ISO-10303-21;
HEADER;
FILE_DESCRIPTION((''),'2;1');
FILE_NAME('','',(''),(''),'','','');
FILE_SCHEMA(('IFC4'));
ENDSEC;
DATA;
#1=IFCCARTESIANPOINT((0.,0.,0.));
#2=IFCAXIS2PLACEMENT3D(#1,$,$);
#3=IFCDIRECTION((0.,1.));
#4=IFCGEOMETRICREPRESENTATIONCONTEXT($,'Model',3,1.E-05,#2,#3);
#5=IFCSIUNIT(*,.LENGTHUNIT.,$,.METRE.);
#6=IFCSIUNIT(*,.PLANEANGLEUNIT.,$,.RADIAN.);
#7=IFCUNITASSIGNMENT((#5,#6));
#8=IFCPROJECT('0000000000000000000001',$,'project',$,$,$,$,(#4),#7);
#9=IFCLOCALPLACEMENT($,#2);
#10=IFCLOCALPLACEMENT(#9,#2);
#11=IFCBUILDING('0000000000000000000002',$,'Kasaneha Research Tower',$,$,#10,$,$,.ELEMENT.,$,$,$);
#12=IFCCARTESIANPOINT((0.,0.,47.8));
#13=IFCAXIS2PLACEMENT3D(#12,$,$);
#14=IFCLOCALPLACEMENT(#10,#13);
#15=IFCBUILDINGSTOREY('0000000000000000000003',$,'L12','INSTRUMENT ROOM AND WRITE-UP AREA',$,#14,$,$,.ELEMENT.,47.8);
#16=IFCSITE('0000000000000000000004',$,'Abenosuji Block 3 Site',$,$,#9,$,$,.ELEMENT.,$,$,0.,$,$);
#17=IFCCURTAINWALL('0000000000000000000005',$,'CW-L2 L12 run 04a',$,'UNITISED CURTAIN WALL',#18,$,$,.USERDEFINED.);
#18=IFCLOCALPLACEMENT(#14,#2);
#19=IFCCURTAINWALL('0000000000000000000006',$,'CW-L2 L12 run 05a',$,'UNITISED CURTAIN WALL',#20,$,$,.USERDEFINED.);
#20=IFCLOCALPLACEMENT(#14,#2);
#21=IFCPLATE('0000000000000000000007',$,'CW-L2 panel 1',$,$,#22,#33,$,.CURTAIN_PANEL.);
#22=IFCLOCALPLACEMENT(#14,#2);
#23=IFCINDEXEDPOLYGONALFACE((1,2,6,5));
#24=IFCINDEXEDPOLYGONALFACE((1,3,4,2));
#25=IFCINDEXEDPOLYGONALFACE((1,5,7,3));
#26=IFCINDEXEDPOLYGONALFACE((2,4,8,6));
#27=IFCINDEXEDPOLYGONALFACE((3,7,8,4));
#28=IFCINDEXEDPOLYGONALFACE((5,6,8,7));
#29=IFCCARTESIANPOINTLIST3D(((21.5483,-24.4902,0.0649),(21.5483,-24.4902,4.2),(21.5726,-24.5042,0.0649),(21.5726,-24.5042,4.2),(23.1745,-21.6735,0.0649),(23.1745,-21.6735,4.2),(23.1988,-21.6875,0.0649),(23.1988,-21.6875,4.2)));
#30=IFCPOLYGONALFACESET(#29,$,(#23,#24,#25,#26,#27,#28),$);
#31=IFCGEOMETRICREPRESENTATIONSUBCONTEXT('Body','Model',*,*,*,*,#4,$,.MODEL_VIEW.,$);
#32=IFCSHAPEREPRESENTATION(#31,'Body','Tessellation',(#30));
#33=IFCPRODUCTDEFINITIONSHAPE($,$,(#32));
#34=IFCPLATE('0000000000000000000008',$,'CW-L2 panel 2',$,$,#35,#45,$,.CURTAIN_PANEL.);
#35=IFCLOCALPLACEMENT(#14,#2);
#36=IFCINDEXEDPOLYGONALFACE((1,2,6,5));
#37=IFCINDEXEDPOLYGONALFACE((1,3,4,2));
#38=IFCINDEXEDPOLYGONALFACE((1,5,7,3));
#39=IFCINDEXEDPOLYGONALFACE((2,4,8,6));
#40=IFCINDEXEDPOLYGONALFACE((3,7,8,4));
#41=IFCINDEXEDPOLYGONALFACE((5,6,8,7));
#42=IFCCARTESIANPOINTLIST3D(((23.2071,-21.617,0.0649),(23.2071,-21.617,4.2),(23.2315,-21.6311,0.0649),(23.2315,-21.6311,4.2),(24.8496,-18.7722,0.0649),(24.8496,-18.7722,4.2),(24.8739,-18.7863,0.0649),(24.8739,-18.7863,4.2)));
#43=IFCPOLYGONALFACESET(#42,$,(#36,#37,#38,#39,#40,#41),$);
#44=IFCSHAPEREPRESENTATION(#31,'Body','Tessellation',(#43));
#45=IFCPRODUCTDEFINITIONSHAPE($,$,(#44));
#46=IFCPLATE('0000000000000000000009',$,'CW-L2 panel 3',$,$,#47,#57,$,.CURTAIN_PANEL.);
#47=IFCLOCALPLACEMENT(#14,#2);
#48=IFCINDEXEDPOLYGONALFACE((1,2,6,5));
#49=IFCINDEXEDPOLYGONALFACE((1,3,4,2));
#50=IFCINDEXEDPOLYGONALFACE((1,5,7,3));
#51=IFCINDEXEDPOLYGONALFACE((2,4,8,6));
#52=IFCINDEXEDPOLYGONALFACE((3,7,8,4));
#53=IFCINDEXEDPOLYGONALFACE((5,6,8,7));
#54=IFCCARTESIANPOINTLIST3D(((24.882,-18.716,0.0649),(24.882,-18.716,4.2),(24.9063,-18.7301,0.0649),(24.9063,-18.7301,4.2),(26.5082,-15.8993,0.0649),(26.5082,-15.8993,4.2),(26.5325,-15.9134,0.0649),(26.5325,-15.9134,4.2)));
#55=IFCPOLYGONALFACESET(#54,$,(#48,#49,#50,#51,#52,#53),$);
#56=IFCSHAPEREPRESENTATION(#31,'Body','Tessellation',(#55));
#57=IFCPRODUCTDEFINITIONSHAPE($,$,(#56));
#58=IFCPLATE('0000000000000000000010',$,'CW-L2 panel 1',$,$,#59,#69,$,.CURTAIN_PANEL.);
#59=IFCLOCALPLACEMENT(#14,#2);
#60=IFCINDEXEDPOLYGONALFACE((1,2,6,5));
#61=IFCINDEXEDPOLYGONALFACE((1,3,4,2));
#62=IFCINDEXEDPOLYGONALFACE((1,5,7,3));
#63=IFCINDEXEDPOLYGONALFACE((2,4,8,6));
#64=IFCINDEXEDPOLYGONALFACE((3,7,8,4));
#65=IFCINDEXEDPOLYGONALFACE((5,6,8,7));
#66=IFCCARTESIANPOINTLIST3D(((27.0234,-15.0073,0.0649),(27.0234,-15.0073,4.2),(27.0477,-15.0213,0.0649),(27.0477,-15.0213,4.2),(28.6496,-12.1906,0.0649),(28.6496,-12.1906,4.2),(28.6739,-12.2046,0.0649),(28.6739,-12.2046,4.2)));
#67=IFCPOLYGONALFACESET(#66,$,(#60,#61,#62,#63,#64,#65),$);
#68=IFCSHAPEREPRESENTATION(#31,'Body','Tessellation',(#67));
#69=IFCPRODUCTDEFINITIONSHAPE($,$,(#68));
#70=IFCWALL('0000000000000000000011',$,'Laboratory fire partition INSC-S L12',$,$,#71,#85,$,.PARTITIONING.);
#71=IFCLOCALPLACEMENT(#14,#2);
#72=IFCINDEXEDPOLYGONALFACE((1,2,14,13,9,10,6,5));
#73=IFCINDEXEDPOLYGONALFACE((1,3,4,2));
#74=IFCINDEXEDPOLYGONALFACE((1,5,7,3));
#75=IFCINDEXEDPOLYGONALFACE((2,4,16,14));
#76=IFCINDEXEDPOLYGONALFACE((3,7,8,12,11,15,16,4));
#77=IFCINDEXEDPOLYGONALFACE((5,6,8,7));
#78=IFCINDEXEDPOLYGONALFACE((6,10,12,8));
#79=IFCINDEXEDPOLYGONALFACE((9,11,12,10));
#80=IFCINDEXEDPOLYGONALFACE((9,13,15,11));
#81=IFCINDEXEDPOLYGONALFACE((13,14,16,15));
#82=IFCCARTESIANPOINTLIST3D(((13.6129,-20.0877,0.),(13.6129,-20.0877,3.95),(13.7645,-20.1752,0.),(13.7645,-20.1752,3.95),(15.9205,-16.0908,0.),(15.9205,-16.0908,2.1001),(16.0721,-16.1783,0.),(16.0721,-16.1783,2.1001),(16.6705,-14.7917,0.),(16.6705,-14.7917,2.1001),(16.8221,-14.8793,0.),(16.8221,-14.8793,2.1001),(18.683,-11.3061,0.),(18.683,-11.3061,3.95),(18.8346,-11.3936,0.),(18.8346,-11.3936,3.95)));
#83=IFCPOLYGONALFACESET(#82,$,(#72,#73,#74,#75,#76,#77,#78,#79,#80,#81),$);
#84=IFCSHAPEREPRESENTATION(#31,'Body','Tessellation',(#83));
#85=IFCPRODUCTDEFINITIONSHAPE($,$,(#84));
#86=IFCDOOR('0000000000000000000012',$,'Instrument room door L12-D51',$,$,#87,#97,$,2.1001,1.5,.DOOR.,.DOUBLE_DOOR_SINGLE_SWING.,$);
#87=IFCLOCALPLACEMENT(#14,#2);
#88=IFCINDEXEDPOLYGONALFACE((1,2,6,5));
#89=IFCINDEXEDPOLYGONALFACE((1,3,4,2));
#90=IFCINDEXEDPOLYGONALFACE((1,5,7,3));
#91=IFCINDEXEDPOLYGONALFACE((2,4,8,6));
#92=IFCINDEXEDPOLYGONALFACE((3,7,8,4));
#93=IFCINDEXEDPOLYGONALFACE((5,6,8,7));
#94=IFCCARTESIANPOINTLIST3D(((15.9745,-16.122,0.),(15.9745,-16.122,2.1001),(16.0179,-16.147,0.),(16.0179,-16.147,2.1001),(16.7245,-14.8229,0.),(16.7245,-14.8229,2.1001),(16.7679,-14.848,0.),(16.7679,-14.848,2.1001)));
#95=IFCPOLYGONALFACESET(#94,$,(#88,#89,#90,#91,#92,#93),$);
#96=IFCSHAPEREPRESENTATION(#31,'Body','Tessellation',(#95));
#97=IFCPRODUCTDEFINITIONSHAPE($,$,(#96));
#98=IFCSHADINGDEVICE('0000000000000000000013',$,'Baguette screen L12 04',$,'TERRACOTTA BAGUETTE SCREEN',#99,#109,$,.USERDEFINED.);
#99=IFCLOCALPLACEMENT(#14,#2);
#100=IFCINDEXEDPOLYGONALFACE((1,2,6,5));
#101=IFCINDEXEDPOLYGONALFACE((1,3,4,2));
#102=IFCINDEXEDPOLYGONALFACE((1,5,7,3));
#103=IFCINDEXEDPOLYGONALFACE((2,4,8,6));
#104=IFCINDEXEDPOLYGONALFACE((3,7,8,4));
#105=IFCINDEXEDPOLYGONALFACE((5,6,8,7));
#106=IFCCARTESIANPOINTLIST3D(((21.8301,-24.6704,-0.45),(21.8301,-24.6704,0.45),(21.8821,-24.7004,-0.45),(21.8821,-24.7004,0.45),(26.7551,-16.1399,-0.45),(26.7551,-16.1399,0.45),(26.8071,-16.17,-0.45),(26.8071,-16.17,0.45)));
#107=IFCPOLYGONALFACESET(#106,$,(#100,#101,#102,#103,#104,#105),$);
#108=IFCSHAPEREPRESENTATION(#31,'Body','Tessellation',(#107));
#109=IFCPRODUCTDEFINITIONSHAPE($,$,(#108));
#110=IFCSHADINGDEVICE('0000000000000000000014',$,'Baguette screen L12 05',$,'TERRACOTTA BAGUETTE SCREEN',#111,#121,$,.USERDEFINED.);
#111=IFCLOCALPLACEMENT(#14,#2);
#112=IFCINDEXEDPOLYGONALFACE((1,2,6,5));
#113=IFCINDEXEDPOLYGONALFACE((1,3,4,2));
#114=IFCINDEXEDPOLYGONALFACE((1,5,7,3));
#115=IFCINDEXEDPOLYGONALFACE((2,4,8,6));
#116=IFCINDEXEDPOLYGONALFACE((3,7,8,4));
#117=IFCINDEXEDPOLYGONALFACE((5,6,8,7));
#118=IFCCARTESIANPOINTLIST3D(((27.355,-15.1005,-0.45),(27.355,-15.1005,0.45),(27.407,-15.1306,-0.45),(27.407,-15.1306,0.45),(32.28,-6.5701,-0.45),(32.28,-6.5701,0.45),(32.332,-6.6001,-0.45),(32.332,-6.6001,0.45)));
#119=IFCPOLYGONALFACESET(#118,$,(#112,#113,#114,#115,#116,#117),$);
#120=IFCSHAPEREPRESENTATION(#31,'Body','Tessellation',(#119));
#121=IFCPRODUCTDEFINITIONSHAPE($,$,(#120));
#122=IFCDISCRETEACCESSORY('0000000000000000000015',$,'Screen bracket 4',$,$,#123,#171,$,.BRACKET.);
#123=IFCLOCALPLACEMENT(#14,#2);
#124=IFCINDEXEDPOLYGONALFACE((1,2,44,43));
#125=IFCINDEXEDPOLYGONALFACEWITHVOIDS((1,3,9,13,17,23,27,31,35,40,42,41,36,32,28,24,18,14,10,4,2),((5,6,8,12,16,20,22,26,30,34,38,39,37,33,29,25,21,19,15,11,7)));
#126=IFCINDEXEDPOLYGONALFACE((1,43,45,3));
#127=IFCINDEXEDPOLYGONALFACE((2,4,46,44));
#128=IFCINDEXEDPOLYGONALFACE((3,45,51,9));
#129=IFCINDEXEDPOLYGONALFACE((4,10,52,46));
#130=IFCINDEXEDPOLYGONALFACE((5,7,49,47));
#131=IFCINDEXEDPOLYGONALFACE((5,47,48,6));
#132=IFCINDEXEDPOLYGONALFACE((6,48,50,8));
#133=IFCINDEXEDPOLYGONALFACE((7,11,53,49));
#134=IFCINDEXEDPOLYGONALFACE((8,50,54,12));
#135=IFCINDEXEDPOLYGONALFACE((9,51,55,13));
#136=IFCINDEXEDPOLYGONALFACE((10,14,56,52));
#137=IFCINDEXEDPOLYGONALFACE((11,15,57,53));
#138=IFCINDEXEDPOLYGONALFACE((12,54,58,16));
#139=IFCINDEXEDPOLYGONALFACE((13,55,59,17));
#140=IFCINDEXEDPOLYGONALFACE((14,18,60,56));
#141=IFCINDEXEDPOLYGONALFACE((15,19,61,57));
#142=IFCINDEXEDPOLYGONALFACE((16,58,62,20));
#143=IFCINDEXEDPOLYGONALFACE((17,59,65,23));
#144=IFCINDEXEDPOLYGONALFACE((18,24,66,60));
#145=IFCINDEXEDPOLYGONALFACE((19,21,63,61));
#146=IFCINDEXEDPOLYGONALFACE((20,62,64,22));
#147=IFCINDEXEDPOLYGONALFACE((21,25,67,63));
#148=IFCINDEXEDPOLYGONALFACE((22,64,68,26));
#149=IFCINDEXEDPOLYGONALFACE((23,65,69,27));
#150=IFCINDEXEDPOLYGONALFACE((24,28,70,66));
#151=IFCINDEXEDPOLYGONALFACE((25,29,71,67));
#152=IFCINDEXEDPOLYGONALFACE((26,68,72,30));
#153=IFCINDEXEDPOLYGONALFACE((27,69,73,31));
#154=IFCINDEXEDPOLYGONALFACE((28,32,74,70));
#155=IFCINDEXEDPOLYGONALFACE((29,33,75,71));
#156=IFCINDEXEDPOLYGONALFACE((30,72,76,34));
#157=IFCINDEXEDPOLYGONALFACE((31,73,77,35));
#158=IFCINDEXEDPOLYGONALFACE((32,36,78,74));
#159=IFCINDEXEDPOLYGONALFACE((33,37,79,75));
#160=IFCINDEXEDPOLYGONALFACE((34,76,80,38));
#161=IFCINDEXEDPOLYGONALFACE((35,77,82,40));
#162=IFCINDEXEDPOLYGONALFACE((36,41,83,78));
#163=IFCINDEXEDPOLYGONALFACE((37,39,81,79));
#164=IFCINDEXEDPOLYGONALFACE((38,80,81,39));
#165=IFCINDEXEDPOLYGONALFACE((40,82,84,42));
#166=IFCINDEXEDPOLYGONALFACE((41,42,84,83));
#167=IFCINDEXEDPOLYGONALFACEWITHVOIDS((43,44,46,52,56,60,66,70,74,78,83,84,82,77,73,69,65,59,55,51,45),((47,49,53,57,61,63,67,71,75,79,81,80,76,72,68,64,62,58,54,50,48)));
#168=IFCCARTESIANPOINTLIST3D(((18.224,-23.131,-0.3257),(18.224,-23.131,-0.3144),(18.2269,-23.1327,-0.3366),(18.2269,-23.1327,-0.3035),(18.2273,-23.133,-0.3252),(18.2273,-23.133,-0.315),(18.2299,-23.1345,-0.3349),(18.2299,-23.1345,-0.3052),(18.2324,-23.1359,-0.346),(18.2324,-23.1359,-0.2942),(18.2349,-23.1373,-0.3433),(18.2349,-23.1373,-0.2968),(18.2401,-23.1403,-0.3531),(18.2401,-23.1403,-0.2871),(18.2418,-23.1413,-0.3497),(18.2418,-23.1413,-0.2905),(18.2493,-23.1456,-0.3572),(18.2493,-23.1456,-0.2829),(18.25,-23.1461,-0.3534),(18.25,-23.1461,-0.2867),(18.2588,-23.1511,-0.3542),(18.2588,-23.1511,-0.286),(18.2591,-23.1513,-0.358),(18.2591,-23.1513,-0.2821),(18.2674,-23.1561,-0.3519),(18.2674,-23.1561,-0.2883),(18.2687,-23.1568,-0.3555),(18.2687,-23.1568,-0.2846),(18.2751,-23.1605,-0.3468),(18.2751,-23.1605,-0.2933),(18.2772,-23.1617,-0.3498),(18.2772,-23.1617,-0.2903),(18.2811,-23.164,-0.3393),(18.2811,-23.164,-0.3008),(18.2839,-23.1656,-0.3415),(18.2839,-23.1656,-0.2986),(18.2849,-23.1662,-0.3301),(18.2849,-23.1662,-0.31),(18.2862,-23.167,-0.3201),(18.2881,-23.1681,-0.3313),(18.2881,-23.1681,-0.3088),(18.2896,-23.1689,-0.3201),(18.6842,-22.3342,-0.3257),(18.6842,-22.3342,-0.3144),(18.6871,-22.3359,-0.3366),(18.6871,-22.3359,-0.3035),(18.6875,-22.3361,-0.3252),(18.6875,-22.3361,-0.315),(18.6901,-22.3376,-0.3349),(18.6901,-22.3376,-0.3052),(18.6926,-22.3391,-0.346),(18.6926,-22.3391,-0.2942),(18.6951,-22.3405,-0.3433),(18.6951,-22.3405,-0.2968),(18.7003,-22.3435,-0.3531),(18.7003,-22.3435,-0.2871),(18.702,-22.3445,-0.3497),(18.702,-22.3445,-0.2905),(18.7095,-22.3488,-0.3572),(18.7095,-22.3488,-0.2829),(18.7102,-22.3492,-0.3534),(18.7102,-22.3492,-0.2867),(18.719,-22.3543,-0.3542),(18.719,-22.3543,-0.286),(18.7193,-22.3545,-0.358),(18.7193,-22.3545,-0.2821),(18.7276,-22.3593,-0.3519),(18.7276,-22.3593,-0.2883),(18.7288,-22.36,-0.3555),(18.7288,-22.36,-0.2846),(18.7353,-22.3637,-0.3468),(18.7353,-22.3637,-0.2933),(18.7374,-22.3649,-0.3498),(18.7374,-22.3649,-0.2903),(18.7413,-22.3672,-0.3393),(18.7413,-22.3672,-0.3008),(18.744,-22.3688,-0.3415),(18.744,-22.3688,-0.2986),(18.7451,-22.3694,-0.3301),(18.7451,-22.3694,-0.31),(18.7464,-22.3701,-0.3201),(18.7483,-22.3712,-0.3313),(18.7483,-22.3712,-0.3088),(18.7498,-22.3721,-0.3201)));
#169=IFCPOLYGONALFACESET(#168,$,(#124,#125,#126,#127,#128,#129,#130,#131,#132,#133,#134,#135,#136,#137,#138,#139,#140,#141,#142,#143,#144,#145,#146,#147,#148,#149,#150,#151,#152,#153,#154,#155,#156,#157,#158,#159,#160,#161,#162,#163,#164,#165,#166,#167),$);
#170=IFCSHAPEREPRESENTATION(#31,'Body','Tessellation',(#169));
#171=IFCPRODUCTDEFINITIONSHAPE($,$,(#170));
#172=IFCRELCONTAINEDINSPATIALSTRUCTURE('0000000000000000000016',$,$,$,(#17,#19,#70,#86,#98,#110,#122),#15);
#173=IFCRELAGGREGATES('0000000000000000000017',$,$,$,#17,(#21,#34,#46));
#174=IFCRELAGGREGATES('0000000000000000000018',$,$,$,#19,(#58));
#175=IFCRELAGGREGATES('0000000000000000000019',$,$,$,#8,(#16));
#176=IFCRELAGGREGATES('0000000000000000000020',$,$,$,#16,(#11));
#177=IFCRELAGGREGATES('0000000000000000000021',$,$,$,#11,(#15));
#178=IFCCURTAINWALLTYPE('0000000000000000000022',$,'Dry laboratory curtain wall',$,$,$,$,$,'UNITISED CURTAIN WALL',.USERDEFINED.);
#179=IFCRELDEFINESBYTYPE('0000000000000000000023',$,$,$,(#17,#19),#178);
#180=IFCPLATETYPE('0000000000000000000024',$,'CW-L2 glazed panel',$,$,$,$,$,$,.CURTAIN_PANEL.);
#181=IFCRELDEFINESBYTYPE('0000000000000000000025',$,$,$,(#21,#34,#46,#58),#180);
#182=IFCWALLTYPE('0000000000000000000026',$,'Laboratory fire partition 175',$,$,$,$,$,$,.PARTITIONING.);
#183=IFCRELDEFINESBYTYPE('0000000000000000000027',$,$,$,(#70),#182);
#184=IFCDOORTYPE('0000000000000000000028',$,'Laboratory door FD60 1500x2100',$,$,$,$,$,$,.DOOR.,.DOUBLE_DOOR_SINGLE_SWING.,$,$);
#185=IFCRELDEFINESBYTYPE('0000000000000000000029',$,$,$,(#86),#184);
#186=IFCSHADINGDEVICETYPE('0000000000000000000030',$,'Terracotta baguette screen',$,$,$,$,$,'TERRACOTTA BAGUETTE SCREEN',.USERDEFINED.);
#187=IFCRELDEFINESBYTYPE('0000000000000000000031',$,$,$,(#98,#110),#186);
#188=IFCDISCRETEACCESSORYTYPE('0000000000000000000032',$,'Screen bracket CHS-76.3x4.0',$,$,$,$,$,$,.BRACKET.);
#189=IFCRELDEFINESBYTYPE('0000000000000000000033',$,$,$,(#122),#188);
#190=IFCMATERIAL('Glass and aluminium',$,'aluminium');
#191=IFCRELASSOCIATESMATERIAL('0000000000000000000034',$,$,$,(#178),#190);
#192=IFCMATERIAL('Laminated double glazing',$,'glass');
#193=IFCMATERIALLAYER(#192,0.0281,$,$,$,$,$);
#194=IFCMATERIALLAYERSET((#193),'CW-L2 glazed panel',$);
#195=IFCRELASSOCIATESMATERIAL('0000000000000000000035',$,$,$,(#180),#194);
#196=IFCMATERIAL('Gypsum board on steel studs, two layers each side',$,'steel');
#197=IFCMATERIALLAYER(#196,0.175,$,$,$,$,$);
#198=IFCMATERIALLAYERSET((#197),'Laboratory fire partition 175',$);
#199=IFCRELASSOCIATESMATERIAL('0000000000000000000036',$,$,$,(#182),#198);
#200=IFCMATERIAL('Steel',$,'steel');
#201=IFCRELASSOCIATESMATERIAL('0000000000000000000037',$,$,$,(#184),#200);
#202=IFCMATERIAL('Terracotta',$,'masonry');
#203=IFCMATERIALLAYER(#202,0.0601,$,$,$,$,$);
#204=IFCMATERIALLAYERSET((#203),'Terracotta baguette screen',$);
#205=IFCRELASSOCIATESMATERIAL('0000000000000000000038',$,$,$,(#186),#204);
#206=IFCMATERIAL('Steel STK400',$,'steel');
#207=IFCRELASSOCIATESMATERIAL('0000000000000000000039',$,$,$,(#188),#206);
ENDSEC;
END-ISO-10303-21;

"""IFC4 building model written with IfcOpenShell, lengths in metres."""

from ifc_helpers import new_model, si_unit, direction, frame, frame_2d, origin, origin_2d, place, context, subcontext, project, spatial, rectangle, hollow_circle, extrude, material, layer, layer_set, material_profile, profile_set, type_object, element, fill, aggregate, save


model = new_model("IFC4")

# Units and contexts
model_context = context("Model", 3, precision=1e-05, world=origin(), true_north=direction((0.0, 1.0)))
body_context = subcontext(model_context, "Body", "Model", "MODEL_VIEW")
ifc_project = project(units=[si_unit("LENGTHUNIT", "METRE"), si_unit("PLANEANGLEUNIT", "RADIAN")], contexts=[model_context])

# Site, building, storey
site_placement = place(None, origin())
site = spatial("IfcSite", under=ifc_project, at=site_placement, Name="Abenosuji Block 3 Site", CompositionType="ELEMENT", RefElevation=0.0)
building_placement = place(site_placement, origin())
building = spatial("IfcBuilding", under=site, at=building_placement, Name="Kasaneha Research Tower", CompositionType="ELEMENT")
storey_placement = place(building_placement, frame((0.0, 0.0, 47.8)))
storey = spatial("IfcBuildingStorey", under=building, at=storey_placement, Name="L12", Description="INSTRUMENT ROOM AND WRITE-UP AREA", CompositionType="ELEMENT", Elevation=47.8)

# Curtain walls
ifc_material_1 = material(Name="Glass and aluminium", Category="aluminium")
curtain_wall_type = type_object("IfcCurtainWallType", Name="Dry laboratory curtain wall", ElementType="UNITISED CURTAIN WALL", PredefinedType="USERDEFINED", material=ifc_material_1)
curtain_wall_1_placement = place(storey_placement, origin())
curtain_wall_1 = element("IfcCurtainWall", 1, at=curtain_wall_1_placement, inside=storey, type_object=curtain_wall_type, Name="CW-L2 L12 run 04a", ObjectType="UNITISED CURTAIN WALL", PredefinedType="USERDEFINED")
curtain_wall_2_placement = place(storey_placement, origin())
curtain_wall_2 = element("IfcCurtainWall", 2, at=curtain_wall_2_placement, inside=storey, type_object=curtain_wall_type, Name="CW-L2 L12 run 05a", ObjectType="UNITISED CURTAIN WALL", PredefinedType="USERDEFINED")

# Plates
ifc_material_2 = material(Name="Laminated double glazing", Category="glass")
ifc_layer_1 = layer(ifc_material_2, 0.0281)
ifc_layer_set_1 = layer_set([ifc_layer_1], Name="CW-L2 glazed panel")
plate_type = type_object("IfcPlateType", Name="CW-L2 glazed panel", PredefinedType="CURTAIN_PANEL", material=ifc_layer_set_1)
plate_1_placement = place(storey_placement, frame((22.3735, -23.0889, 0.0649), z_axis=(0.0, 0.0, 1.0), x_axis=(0.5, 0.866025, 0.0)))
plate_1 = element("IfcPlate", 3, at=plate_1_placement, type_object=plate_type, Name="CW-L2 panel 1", PredefinedType="CURTAIN_PANEL", context=body_context, shape_type="SweptSolid", body=[
    extrude(rectangle(XDim=3.2524, YDim=0.0281, at=origin_2d()), origin(), (0.0, 0.0, 1.0), 4.135),
])
plate_2_placement = place(storey_placement, frame((24.0405, -20.2017, 0.0649), z_axis=(0.0, 0.0, 1.0), x_axis=(0.5, 0.866025, 0.0)))
plate_2 = element("IfcPlate", 4, at=plate_2_placement, type_object=plate_type, Name="CW-L2 panel 2", PredefinedType="CURTAIN_PANEL", context=body_context, shape_type="SweptSolid", body=[
    extrude(rectangle(XDim=3.2849, YDim=0.0281, at=origin_2d()), origin(), (0.0, 0.0, 1.0), 4.135),
])
plate_3_placement = place(storey_placement, frame((25.7073, -17.3147, 0.0649), z_axis=(0.0, 0.0, 1.0), x_axis=(0.5, 0.866025, 0.0)))
plate_3 = element("IfcPlate", 5, at=plate_3_placement, type_object=plate_type, Name="CW-L2 panel 3", PredefinedType="CURTAIN_PANEL", context=body_context, shape_type="SweptSolid", body=[
    extrude(rectangle(XDim=3.2524, YDim=0.0281, at=origin_2d()), origin(), (0.0, 0.0, 1.0), 4.135),
])
aggregate(curtain_wall_1, [plate_1, plate_2, plate_3])
plate_4_placement = place(storey_placement, frame((27.8486, -13.606, 0.0649), z_axis=(0.0, 0.0, 1.0), x_axis=(0.5, 0.866025, 0.0)))
plate_4 = element("IfcPlate", 6, at=plate_4_placement, type_object=plate_type, Name="CW-L2 panel 1", PredefinedType="CURTAIN_PANEL", context=body_context, shape_type="SweptSolid", body=[
    extrude(rectangle(XDim=3.2524, YDim=0.0281, at=origin_2d()), origin(), (0.0, 0.0, 1.0), 4.135),
])
aggregate(curtain_wall_2, [plate_4])

# Wall, opening, door
ifc_material_3 = material(Name="Gypsum board on steel studs, two layers each side", Category="steel")
ifc_layer_2 = layer(ifc_material_3, 0.175)
ifc_layer_set_2 = layer_set([ifc_layer_2], Name="Laboratory fire partition 175")
wall_type = type_object("IfcWallType", Name="Laboratory fire partition 175", PredefinedType="PARTITIONING", material=ifc_layer_set_2)
wall_placement = place(storey_placement, frame((18.7588, -11.3499, 0.0), z_axis=(0.0, 0.0, 1.0), x_axis=(-0.500005, -0.866022, 0.0)))
wall = element("IfcWall", 7, at=wall_placement, inside=storey, type_object=wall_type, Name="Laboratory fire partition INSC-S L12", PredefinedType="PARTITIONING", context=body_context, shape_type="SweptSolid", body=[
    extrude(rectangle(XDim=10.1401, YDim=0.175, at=frame_2d((5.0701, 0.0))), origin(), (0.0, 0.0, 1.0), 3.95),
])
opening_placement = place(wall_placement, frame((4.0249, 0.0, 0.0)))
opening = element("IfcOpeningElement", 8, at=opening_placement, cuts=wall, PredefinedType="OPENING", context=body_context, shape_type="SweptSolid", body=[
    extrude(rectangle(XDim=1.5, YDim=2.1001, at=frame_2d((0.75, 1.05))), frame((0.0, 0.0977, 0.0), z_axis=(0.0, -1.0, 0.0), x_axis=(1.0, 0.0, 0.0)), (0.0, 0.0, 1.0), 0.1951),
])
ifc_material_4 = material(Name="Steel", Category="steel")
door_type = type_object("IfcDoorType", Name="Laboratory door FD60 1500x2100", OperationType="DOUBLE_DOOR_SINGLE_SWING", PredefinedType="DOOR", material=ifc_material_4)
door_placement = place(opening_placement, origin())
door = element("IfcDoor", 9, at=door_placement, inside=storey, type_object=door_type, Name="Instrument room door L12-D51", OperationType="DOUBLE_DOOR_SINGLE_SWING", OverallHeight=2.1001, OverallWidth=1.5, PredefinedType="DOOR", context=body_context, shape_type="SweptSolid", body=[
    extrude(rectangle(XDim=1.5, YDim=2.1001, at=frame_2d((0.75, 1.05))), frame((0.0, 0.0249, 0.0), z_axis=(0.0, -1.0, 0.0), x_axis=(1.0, 0.0, 0.0)), (0.0, 0.0, 1.0), 0.05),
])
fill(opening, door)

# Shading devices
ifc_material_5 = material(Name="Terracotta", Category="masonry")
ifc_layer_3 = layer(ifc_material_5, 0.0601)
ifc_layer_set_3 = layer_set([ifc_layer_3], Name="Terracotta baguette screen")
shading_device_type = type_object("IfcShadingDeviceType", Name="Terracotta baguette screen", ElementType="TERRACOTTA BAGUETTE SCREEN", PredefinedType="USERDEFINED", material=ifc_layer_set_3)
for number, where, z_axis, x_axis, name in (
    (10, (24.3186, -20.4202, -0.45), (0.0, 0.0, 1.0), (0.5, 0.866025, 0.0), "Baguette screen L12 04"),
    (11, (29.8435, -10.8503, -0.45), (0.0, 0.0, 1.0), (0.5, 0.866025, 0.0), "Baguette screen L12 05"),
):
    element("IfcShadingDevice", number, at=place(storey_placement, frame(where, z_axis=z_axis, x_axis=x_axis)), inside=storey, type_object=shading_device_type, Name=name, ObjectType="TERRACOTTA BAGUETTE SCREEN", PredefinedType="USERDEFINED", context=body_context, shape_type="SweptSolid", body=[
        extrude(rectangle(XDim=9.8501, YDim=0.0601, at=origin_2d()), origin(), (0.0, 0.0, 1.0), 0.8999),
    ])

# Discrete accessory
ifc_material_6 = material(Name="Steel STK400", Category="steel")
ifc_material_profile_1 = material_profile(ifc_material_6, hollow_circle(Radius=0.0381, WallThickness=0.0039, at=origin_2d()), Name="CHS-76.3x4.0")
ifc_profile_set_1 = profile_set([ifc_material_profile_1], Name="Steel STK400")
discrete_accessory_type = type_object("IfcDiscreteAccessoryType", Name="Screen bracket CHS-76.3x4.0", PredefinedType="BRACKET", material=ifc_profile_set_1)
discrete_accessory_1_placement = place(storey_placement, frame((18.7168, -22.353, -0.3201), z_axis=(-0.500105, -0.865965, 0.0), x_axis=(0.865965, -0.500105, 0.0)))
element("IfcDiscreteAccessory", 12, at=discrete_accessory_1_placement, inside=storey, type_object=discrete_accessory_type, Name="Screen bracket 4", PredefinedType="BRACKET", context=body_context, shape_type="SweptSolid", body=[
    extrude(hollow_circle(Radius=0.0381, WallThickness=0.0039, at=origin_2d()), origin(), (0.0, 0.0, 1.0), 0.9202),
])

save(model, "model.ifc")
